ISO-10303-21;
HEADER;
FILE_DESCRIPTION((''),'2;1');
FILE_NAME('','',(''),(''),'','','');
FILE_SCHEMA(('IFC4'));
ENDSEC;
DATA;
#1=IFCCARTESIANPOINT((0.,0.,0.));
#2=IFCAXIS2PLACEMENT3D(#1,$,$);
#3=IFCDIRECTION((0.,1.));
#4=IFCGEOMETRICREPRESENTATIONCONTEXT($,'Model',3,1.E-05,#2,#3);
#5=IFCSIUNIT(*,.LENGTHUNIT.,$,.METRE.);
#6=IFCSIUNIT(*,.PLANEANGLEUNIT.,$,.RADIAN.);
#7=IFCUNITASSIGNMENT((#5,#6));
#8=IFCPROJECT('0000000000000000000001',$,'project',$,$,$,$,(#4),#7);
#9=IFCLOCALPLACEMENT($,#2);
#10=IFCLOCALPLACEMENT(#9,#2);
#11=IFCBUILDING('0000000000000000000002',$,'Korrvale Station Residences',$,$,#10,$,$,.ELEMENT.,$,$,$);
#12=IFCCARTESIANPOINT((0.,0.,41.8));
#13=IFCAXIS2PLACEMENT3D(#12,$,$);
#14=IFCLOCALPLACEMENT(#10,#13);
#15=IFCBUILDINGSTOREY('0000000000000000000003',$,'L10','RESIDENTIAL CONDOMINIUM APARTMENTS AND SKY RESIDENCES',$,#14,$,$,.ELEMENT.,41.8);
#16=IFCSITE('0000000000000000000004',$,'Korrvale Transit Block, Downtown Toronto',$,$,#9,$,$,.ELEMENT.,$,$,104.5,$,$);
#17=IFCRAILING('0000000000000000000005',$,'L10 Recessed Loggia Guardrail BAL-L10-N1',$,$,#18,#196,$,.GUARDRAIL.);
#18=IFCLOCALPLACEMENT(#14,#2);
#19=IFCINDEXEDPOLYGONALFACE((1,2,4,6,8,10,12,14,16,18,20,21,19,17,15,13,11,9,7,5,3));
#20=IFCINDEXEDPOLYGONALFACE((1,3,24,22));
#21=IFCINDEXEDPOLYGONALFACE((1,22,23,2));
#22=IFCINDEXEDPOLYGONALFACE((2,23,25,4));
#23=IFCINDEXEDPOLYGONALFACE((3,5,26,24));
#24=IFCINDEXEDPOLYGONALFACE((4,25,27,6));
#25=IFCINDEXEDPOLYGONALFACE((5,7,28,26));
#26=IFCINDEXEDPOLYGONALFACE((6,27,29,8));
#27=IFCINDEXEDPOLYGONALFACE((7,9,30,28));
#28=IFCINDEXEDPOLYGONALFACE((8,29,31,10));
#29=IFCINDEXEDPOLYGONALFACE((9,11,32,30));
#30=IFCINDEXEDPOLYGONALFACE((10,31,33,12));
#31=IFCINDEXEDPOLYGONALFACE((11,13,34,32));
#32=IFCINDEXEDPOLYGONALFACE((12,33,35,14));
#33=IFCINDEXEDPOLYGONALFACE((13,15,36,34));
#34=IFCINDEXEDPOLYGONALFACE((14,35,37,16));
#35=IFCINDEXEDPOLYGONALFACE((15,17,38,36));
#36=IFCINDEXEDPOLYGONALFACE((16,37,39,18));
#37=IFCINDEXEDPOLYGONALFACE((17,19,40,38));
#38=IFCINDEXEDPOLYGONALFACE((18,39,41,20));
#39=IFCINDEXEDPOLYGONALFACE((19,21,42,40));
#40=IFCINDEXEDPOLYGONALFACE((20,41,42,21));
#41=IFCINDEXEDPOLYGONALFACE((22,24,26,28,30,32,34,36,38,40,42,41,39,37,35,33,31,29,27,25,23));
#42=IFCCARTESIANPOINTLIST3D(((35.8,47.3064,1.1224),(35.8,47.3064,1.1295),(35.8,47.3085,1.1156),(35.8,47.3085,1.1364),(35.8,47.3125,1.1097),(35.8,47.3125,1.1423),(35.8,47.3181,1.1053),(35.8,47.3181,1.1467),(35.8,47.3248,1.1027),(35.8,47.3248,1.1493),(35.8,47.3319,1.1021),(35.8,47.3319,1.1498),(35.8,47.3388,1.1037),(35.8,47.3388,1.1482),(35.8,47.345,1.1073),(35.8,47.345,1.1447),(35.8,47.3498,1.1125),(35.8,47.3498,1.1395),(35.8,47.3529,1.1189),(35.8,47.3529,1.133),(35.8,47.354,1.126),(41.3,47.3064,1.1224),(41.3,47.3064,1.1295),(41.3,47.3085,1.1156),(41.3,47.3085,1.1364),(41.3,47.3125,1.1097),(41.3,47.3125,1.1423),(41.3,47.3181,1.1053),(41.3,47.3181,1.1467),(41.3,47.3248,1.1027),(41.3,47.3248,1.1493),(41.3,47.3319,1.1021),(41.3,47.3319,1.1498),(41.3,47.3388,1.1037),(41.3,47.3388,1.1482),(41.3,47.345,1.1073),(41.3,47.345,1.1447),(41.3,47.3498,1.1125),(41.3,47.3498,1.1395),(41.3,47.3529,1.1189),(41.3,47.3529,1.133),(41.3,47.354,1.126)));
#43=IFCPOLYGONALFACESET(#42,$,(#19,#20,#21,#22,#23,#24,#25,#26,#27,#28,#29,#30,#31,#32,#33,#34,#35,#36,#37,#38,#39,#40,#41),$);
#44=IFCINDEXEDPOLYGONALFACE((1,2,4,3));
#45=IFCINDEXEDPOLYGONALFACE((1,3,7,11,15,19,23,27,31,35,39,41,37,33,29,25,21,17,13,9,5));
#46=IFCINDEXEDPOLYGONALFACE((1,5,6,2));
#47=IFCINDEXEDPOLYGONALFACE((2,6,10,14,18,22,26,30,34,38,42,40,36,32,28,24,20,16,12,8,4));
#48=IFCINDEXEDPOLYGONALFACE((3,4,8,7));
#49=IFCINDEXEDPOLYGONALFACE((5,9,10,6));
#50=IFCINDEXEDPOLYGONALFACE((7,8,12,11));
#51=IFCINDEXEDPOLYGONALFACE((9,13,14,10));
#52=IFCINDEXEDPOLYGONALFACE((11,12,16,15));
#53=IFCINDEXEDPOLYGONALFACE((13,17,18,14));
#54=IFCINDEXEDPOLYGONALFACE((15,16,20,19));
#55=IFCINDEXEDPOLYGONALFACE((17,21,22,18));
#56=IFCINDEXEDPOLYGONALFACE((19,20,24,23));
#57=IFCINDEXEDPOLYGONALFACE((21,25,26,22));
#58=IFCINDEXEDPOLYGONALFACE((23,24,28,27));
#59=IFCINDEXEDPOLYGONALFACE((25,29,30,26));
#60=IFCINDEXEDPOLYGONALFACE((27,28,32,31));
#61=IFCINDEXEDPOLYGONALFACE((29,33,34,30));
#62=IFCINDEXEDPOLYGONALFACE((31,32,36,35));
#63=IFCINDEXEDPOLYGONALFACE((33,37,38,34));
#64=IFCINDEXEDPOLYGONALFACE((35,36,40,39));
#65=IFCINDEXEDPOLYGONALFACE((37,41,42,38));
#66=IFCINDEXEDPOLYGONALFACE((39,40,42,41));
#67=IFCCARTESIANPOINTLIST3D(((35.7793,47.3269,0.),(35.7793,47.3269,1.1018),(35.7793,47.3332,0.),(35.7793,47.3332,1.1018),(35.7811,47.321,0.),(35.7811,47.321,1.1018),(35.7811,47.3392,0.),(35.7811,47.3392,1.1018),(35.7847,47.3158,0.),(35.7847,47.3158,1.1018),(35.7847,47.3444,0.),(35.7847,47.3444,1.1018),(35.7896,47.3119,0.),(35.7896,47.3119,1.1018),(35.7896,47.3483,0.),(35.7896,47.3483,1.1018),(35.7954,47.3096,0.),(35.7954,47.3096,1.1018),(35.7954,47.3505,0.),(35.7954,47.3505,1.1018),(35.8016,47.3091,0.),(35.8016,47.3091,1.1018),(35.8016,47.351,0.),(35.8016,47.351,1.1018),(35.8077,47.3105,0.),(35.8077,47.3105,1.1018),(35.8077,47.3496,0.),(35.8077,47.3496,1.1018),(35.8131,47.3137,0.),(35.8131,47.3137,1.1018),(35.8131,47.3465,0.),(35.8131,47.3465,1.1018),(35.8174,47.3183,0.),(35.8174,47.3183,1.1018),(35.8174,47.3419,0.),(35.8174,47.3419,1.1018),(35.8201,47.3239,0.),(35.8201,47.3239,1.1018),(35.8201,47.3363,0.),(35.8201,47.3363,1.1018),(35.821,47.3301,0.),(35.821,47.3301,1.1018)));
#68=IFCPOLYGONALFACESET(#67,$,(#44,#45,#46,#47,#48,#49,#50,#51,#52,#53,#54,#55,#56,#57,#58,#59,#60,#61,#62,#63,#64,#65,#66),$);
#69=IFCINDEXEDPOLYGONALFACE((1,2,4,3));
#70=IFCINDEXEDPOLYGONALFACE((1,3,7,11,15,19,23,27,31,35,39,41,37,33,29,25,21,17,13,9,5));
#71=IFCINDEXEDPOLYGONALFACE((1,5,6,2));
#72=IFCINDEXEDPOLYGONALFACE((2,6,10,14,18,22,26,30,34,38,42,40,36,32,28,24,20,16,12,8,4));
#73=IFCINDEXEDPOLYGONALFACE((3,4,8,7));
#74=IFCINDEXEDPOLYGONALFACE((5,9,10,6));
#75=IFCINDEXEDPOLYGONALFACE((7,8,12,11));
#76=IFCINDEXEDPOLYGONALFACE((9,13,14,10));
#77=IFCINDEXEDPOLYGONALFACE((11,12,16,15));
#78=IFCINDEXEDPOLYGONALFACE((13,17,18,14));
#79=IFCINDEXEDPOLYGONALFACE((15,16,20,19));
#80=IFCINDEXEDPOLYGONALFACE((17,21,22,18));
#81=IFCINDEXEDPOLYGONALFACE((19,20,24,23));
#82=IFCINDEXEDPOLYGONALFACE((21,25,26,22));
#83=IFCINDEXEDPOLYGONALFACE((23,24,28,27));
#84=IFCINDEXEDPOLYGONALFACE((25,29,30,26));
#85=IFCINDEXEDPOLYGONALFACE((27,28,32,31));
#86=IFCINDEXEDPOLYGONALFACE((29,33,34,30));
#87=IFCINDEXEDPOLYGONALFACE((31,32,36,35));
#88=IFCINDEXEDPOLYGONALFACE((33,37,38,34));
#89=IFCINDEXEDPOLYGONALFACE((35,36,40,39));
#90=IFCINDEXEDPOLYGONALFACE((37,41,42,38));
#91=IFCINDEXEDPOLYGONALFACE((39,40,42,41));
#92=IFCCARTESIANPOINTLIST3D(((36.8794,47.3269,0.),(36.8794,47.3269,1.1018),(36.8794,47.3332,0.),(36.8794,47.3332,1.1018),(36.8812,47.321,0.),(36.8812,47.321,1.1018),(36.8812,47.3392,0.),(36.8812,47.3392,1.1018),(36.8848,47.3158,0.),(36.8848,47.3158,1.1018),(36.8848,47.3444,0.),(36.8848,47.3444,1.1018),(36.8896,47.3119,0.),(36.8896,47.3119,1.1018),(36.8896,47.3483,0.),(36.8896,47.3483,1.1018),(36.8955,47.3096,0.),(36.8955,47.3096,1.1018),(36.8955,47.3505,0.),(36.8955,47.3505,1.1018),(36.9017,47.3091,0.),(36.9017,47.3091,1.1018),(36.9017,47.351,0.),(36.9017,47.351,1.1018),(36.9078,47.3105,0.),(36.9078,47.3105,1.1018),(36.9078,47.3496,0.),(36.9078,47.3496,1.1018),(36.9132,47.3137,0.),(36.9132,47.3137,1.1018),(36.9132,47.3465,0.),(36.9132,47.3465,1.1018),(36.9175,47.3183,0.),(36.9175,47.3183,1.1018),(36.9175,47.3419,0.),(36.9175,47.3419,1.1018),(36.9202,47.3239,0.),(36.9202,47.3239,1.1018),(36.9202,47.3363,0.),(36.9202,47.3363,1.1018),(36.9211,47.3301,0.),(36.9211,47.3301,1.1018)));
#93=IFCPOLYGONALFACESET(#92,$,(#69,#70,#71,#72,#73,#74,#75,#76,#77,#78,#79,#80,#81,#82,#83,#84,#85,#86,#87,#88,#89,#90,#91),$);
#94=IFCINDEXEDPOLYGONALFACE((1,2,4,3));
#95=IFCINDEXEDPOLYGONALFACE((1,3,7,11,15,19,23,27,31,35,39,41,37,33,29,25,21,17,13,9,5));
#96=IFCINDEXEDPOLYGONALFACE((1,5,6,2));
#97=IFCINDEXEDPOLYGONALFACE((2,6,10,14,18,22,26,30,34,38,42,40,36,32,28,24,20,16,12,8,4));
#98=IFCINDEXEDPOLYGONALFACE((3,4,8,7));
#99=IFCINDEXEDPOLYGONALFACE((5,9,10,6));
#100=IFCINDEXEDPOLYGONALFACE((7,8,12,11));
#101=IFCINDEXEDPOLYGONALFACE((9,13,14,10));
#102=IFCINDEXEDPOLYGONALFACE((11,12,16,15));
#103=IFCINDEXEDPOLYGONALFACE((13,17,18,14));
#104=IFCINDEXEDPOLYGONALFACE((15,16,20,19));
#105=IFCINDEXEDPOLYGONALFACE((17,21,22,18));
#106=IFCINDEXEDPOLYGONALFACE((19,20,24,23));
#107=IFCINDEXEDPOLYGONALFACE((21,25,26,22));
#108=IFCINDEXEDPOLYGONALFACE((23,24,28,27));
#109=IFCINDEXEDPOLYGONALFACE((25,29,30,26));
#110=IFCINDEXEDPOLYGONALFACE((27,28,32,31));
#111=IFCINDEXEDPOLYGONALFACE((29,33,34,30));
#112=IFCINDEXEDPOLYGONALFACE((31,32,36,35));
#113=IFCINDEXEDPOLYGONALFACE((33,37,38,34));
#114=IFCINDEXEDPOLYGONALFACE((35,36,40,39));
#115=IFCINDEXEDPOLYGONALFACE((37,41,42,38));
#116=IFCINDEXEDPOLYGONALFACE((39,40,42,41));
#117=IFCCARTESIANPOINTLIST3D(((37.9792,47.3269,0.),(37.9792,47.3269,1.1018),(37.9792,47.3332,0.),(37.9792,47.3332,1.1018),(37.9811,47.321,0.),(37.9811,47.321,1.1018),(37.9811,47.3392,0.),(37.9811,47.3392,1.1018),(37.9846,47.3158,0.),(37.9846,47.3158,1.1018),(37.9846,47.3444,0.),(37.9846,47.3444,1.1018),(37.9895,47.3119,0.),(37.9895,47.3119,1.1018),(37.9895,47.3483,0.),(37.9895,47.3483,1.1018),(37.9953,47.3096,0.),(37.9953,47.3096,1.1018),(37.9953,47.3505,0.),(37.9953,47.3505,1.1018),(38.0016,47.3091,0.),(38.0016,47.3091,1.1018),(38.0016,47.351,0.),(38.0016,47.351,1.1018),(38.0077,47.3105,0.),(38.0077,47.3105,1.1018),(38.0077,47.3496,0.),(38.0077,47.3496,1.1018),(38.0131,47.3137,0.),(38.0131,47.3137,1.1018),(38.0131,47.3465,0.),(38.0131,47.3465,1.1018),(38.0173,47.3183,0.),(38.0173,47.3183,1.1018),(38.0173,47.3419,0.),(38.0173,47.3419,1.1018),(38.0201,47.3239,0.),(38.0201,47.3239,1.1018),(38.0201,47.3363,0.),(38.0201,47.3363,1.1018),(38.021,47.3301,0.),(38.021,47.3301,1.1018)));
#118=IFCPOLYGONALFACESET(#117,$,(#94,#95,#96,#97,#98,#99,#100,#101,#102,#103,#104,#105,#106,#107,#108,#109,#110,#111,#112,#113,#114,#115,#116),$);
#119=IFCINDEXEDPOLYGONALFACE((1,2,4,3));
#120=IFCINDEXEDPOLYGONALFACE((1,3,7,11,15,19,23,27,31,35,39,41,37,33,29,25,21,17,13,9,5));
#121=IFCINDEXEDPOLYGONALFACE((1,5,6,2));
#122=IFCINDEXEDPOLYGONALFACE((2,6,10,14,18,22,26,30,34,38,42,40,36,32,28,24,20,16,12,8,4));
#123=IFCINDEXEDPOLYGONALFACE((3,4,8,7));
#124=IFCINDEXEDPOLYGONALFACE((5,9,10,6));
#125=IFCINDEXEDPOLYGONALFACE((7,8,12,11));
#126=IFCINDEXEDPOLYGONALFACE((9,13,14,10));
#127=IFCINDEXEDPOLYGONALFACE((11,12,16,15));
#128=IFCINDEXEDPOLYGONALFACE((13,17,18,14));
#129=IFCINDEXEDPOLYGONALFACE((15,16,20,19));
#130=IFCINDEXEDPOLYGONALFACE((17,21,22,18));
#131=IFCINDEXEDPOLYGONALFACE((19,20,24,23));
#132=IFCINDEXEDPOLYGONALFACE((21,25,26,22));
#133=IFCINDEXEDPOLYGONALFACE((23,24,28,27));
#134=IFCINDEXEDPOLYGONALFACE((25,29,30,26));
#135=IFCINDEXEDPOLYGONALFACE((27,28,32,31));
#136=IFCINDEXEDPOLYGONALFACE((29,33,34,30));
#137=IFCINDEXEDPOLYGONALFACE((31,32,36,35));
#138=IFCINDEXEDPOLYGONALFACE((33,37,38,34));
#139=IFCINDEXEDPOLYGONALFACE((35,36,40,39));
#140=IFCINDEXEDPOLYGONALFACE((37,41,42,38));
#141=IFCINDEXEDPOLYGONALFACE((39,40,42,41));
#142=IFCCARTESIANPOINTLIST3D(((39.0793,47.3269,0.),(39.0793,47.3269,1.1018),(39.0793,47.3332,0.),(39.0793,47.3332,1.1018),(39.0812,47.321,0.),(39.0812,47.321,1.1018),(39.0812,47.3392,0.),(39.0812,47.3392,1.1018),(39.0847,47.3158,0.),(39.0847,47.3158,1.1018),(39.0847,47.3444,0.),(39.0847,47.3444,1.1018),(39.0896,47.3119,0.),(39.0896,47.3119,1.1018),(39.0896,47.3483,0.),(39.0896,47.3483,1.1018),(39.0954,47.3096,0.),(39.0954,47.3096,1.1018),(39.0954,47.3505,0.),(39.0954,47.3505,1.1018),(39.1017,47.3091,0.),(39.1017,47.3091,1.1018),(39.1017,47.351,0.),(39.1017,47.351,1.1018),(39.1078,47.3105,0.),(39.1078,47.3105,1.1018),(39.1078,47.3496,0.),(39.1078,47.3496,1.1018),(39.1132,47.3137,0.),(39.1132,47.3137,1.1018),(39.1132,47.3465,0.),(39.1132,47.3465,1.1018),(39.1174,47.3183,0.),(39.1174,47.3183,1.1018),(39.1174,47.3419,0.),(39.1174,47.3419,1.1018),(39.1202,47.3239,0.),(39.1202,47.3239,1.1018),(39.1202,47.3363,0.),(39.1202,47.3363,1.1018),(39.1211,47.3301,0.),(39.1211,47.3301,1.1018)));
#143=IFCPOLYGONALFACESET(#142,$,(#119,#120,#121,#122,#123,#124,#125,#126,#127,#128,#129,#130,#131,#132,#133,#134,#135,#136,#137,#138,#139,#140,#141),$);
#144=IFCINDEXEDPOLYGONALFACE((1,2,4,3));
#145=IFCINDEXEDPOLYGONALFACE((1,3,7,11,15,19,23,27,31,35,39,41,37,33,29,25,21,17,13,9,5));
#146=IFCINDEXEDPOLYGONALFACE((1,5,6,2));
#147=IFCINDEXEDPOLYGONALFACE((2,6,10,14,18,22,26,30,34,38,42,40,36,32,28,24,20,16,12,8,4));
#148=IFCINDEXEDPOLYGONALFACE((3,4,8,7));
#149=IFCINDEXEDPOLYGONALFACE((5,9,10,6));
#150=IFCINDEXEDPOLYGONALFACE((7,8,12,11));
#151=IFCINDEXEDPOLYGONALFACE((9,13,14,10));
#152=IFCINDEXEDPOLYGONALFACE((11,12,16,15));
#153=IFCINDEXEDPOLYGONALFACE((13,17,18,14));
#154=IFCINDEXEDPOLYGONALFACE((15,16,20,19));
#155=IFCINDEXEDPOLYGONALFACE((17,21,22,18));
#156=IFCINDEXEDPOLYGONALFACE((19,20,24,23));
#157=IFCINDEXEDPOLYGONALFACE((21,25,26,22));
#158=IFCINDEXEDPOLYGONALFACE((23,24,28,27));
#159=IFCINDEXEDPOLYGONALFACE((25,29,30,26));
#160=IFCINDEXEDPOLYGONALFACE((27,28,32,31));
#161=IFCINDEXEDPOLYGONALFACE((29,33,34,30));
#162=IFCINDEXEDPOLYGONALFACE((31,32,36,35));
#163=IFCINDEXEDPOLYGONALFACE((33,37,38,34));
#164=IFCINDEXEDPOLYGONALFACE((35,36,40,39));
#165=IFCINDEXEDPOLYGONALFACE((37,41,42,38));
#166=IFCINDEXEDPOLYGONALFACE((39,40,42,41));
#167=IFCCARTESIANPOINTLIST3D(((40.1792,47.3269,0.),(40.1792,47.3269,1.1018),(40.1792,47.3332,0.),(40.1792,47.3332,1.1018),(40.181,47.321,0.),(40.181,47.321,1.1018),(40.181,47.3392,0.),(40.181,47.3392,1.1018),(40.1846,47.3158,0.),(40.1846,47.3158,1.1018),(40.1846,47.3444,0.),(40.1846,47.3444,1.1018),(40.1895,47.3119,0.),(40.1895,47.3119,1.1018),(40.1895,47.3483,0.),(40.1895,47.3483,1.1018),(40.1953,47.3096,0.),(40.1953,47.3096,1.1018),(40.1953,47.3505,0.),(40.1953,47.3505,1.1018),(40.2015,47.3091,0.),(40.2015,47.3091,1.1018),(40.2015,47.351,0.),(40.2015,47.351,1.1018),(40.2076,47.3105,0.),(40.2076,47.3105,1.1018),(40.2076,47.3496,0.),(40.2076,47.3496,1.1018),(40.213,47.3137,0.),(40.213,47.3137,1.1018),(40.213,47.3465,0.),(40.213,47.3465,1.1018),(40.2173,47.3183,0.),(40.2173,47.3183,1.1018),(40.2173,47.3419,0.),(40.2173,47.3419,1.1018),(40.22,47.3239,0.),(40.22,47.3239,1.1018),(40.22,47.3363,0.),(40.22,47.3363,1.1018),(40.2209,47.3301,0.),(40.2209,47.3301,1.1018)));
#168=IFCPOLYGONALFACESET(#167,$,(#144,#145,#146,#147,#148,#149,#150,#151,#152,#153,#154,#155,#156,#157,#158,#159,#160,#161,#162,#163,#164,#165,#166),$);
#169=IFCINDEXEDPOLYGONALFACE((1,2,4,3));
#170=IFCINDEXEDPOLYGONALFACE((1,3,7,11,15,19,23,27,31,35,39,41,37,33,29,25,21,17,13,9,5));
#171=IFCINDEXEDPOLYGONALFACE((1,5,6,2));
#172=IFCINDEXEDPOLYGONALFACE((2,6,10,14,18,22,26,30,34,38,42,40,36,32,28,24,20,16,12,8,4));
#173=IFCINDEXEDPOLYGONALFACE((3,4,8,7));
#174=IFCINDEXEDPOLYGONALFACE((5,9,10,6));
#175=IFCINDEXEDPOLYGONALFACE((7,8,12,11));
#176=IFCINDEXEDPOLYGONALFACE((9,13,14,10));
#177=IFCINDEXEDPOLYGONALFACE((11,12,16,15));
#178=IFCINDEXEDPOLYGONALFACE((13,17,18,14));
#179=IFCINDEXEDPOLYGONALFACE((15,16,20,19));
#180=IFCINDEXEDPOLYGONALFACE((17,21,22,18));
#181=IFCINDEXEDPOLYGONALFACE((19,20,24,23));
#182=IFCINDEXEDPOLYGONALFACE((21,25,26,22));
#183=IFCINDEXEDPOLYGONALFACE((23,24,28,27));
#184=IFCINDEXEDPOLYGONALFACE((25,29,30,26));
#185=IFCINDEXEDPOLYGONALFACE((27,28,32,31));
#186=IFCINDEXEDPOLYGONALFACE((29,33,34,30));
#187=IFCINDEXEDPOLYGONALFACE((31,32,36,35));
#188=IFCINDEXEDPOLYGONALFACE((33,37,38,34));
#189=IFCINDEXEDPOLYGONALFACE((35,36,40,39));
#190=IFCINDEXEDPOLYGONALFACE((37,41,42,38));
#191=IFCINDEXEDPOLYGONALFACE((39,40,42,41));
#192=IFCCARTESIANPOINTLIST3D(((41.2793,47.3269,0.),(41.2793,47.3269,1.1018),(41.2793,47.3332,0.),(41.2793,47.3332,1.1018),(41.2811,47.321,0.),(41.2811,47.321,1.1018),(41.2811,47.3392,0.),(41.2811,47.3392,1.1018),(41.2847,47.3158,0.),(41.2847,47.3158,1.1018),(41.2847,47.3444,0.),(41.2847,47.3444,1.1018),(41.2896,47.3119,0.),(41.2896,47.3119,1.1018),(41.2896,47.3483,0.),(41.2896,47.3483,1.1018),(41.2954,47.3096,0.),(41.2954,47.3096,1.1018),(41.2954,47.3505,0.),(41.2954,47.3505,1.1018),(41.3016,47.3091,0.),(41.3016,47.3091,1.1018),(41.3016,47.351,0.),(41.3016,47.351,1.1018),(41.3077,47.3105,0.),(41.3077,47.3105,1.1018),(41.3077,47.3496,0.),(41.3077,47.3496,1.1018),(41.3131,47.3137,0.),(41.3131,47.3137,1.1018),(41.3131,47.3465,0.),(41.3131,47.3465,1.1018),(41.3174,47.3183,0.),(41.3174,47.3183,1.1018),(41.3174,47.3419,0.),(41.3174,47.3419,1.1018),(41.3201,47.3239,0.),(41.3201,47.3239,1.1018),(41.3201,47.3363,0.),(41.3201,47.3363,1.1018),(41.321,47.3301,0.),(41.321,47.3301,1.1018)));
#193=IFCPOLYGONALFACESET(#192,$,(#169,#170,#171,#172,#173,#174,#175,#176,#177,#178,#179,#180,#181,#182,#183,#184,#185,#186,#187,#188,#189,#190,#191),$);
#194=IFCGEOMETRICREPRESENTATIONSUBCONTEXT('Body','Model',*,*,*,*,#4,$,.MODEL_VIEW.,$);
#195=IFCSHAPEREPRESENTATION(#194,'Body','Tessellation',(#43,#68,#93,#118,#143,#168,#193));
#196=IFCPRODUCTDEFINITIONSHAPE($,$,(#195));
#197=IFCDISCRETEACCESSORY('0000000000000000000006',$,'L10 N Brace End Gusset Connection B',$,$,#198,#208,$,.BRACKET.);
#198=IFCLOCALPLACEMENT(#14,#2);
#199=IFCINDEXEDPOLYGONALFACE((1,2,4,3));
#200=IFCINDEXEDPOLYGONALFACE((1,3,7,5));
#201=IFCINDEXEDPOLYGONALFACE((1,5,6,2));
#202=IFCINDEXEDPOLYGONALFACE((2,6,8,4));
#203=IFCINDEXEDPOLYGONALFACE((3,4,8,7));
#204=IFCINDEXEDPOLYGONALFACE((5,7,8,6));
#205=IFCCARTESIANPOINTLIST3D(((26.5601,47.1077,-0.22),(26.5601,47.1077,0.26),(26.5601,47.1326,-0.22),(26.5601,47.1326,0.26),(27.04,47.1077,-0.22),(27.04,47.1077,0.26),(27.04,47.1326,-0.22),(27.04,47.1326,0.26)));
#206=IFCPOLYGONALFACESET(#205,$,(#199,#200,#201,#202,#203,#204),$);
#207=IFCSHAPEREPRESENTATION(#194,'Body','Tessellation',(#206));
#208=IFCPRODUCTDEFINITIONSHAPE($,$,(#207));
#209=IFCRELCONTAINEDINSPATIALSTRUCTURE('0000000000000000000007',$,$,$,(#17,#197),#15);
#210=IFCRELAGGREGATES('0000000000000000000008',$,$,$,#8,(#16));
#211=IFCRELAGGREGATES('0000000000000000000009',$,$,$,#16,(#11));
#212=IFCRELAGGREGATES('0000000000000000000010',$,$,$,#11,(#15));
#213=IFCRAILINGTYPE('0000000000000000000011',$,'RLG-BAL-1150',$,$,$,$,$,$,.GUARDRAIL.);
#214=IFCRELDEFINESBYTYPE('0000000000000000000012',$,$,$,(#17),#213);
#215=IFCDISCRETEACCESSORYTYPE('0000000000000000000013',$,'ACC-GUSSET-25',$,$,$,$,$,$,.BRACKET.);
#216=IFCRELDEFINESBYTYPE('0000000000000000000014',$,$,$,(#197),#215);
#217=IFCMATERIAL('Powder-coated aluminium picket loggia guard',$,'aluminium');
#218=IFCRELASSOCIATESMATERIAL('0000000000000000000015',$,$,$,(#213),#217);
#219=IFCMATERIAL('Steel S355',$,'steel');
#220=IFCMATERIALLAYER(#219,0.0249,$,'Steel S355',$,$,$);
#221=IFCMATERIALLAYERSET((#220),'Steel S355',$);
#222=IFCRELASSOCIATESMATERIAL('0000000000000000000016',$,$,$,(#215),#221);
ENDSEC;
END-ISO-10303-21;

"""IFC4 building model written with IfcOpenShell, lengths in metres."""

from ifc_helpers import new_model, si_unit, direction, frame, origin, origin_2d, place, context, subcontext, project, spatial, rectangle, circle, extrude, material, layer, layer_set, type_object, element, save


model = new_model("IFC4")

# Units and contexts
model_context = context("Model", 3, precision=1e-05, world=origin(), true_north=direction((0.0, 1.0)))
body_context = subcontext(model_context, "Body", "Model", "MODEL_VIEW")
ifc_project = project(units=[si_unit("LENGTHUNIT", "METRE"), si_unit("PLANEANGLEUNIT", "RADIAN")], contexts=[model_context])

# Site, building, storey
site_placement = place(None, origin())
site = spatial("IfcSite", under=ifc_project, at=site_placement, Name="Korrvale Transit Block, Downtown Toronto", CompositionType="ELEMENT", RefElevation=104.5)
building_placement = place(site_placement, origin())
building = spatial("IfcBuilding", under=site, at=building_placement, Name="Korrvale Station Residences", CompositionType="ELEMENT")
storey_placement = place(building_placement, frame((0.0, 0.0, 41.8)))
storey = spatial("IfcBuildingStorey", under=building, at=storey_placement, Name="L10", Description="RESIDENTIAL CONDOMINIUM APARTMENTS AND SKY RESIDENCES", CompositionType="ELEMENT", Elevation=41.8)

# Shared definitions
ifc_material_1 = material(Name="Steel S355", Category="steel")

# Railing
ifc_material_2 = material(Name="Powder-coated aluminium picket loggia guard", Category="aluminium")
railing_type = type_object("IfcRailingType", Name="RLG-BAL-1150", PredefinedType="GUARDRAIL", material=ifc_material_2)
railing_placement = place(storey_placement, frame((35.8, 47.3301, 0.0)))
element("IfcRailing", 1, at=railing_placement, inside=storey, type_object=railing_type, Name="L10 Recessed Loggia Guardrail BAL-L10-N1", PredefinedType="GUARDRAIL", context=body_context, shape_type="SweptSolid", body=[
    extrude(circle(Radius=0.0239, at=origin_2d()), frame((0.0, 0.0, 1.126), z_axis=(1.0, 0.0, 0.0), x_axis=(0.0, 1.0, 0.0)), (0.0, 0.0, 1.0), 5.5),
    extrude(circle(Radius=0.021, at=origin_2d()), origin(), (0.0, 0.0, 1.0), 1.1018),
    extrude(circle(Radius=0.021, at=origin_2d()), frame((1.1001, 0.0, 0.0)), (0.0, 0.0, 1.0), 1.1018),
    extrude(circle(Radius=0.021, at=origin_2d()), frame((2.2, 0.0, 0.0)), (0.0, 0.0, 1.0), 1.1018),
    extrude(circle(Radius=0.021, at=origin_2d()), frame((3.3, 0.0, 0.0)), (0.0, 0.0, 1.0), 1.1018),
    extrude(circle(Radius=0.021, at=origin_2d()), frame((4.3999, 0.0, 0.0)), (0.0, 0.0, 1.0), 1.1018),
    extrude(circle(Radius=0.021, at=origin_2d()), frame((5.5, 0.0, 0.0)), (0.0, 0.0, 1.0), 1.1018),
])

# Discrete accessory
ifc_layer_1 = layer(ifc_material_1, 0.0249, Name="Steel S355")
ifc_layer_set_1 = layer_set([ifc_layer_1], Name="Steel S355")
discrete_accessory_type = type_object("IfcDiscreteAccessoryType", Name="ACC-GUSSET-25", PredefinedType="BRACKET", material=ifc_layer_set_1)
discrete_accessory_placement = place(storey_placement, frame((26.8, 47.1201, -0.22), z_axis=(0.0, 0.0, 1.0), x_axis=(1.0, 0.0, 0.0)))
element("IfcDiscreteAccessory", 2, at=discrete_accessory_placement, inside=storey, type_object=discrete_accessory_type, Name="L10 N Brace End Gusset Connection B", PredefinedType="BRACKET", context=body_context, shape_type="SweptSolid", body=[
    extrude(rectangle(XDim=0.48, YDim=0.0249, at=origin_2d()), origin(), (0.0, 0.0, 1.0), 0.48),
])

save(model, "model.ifc")
